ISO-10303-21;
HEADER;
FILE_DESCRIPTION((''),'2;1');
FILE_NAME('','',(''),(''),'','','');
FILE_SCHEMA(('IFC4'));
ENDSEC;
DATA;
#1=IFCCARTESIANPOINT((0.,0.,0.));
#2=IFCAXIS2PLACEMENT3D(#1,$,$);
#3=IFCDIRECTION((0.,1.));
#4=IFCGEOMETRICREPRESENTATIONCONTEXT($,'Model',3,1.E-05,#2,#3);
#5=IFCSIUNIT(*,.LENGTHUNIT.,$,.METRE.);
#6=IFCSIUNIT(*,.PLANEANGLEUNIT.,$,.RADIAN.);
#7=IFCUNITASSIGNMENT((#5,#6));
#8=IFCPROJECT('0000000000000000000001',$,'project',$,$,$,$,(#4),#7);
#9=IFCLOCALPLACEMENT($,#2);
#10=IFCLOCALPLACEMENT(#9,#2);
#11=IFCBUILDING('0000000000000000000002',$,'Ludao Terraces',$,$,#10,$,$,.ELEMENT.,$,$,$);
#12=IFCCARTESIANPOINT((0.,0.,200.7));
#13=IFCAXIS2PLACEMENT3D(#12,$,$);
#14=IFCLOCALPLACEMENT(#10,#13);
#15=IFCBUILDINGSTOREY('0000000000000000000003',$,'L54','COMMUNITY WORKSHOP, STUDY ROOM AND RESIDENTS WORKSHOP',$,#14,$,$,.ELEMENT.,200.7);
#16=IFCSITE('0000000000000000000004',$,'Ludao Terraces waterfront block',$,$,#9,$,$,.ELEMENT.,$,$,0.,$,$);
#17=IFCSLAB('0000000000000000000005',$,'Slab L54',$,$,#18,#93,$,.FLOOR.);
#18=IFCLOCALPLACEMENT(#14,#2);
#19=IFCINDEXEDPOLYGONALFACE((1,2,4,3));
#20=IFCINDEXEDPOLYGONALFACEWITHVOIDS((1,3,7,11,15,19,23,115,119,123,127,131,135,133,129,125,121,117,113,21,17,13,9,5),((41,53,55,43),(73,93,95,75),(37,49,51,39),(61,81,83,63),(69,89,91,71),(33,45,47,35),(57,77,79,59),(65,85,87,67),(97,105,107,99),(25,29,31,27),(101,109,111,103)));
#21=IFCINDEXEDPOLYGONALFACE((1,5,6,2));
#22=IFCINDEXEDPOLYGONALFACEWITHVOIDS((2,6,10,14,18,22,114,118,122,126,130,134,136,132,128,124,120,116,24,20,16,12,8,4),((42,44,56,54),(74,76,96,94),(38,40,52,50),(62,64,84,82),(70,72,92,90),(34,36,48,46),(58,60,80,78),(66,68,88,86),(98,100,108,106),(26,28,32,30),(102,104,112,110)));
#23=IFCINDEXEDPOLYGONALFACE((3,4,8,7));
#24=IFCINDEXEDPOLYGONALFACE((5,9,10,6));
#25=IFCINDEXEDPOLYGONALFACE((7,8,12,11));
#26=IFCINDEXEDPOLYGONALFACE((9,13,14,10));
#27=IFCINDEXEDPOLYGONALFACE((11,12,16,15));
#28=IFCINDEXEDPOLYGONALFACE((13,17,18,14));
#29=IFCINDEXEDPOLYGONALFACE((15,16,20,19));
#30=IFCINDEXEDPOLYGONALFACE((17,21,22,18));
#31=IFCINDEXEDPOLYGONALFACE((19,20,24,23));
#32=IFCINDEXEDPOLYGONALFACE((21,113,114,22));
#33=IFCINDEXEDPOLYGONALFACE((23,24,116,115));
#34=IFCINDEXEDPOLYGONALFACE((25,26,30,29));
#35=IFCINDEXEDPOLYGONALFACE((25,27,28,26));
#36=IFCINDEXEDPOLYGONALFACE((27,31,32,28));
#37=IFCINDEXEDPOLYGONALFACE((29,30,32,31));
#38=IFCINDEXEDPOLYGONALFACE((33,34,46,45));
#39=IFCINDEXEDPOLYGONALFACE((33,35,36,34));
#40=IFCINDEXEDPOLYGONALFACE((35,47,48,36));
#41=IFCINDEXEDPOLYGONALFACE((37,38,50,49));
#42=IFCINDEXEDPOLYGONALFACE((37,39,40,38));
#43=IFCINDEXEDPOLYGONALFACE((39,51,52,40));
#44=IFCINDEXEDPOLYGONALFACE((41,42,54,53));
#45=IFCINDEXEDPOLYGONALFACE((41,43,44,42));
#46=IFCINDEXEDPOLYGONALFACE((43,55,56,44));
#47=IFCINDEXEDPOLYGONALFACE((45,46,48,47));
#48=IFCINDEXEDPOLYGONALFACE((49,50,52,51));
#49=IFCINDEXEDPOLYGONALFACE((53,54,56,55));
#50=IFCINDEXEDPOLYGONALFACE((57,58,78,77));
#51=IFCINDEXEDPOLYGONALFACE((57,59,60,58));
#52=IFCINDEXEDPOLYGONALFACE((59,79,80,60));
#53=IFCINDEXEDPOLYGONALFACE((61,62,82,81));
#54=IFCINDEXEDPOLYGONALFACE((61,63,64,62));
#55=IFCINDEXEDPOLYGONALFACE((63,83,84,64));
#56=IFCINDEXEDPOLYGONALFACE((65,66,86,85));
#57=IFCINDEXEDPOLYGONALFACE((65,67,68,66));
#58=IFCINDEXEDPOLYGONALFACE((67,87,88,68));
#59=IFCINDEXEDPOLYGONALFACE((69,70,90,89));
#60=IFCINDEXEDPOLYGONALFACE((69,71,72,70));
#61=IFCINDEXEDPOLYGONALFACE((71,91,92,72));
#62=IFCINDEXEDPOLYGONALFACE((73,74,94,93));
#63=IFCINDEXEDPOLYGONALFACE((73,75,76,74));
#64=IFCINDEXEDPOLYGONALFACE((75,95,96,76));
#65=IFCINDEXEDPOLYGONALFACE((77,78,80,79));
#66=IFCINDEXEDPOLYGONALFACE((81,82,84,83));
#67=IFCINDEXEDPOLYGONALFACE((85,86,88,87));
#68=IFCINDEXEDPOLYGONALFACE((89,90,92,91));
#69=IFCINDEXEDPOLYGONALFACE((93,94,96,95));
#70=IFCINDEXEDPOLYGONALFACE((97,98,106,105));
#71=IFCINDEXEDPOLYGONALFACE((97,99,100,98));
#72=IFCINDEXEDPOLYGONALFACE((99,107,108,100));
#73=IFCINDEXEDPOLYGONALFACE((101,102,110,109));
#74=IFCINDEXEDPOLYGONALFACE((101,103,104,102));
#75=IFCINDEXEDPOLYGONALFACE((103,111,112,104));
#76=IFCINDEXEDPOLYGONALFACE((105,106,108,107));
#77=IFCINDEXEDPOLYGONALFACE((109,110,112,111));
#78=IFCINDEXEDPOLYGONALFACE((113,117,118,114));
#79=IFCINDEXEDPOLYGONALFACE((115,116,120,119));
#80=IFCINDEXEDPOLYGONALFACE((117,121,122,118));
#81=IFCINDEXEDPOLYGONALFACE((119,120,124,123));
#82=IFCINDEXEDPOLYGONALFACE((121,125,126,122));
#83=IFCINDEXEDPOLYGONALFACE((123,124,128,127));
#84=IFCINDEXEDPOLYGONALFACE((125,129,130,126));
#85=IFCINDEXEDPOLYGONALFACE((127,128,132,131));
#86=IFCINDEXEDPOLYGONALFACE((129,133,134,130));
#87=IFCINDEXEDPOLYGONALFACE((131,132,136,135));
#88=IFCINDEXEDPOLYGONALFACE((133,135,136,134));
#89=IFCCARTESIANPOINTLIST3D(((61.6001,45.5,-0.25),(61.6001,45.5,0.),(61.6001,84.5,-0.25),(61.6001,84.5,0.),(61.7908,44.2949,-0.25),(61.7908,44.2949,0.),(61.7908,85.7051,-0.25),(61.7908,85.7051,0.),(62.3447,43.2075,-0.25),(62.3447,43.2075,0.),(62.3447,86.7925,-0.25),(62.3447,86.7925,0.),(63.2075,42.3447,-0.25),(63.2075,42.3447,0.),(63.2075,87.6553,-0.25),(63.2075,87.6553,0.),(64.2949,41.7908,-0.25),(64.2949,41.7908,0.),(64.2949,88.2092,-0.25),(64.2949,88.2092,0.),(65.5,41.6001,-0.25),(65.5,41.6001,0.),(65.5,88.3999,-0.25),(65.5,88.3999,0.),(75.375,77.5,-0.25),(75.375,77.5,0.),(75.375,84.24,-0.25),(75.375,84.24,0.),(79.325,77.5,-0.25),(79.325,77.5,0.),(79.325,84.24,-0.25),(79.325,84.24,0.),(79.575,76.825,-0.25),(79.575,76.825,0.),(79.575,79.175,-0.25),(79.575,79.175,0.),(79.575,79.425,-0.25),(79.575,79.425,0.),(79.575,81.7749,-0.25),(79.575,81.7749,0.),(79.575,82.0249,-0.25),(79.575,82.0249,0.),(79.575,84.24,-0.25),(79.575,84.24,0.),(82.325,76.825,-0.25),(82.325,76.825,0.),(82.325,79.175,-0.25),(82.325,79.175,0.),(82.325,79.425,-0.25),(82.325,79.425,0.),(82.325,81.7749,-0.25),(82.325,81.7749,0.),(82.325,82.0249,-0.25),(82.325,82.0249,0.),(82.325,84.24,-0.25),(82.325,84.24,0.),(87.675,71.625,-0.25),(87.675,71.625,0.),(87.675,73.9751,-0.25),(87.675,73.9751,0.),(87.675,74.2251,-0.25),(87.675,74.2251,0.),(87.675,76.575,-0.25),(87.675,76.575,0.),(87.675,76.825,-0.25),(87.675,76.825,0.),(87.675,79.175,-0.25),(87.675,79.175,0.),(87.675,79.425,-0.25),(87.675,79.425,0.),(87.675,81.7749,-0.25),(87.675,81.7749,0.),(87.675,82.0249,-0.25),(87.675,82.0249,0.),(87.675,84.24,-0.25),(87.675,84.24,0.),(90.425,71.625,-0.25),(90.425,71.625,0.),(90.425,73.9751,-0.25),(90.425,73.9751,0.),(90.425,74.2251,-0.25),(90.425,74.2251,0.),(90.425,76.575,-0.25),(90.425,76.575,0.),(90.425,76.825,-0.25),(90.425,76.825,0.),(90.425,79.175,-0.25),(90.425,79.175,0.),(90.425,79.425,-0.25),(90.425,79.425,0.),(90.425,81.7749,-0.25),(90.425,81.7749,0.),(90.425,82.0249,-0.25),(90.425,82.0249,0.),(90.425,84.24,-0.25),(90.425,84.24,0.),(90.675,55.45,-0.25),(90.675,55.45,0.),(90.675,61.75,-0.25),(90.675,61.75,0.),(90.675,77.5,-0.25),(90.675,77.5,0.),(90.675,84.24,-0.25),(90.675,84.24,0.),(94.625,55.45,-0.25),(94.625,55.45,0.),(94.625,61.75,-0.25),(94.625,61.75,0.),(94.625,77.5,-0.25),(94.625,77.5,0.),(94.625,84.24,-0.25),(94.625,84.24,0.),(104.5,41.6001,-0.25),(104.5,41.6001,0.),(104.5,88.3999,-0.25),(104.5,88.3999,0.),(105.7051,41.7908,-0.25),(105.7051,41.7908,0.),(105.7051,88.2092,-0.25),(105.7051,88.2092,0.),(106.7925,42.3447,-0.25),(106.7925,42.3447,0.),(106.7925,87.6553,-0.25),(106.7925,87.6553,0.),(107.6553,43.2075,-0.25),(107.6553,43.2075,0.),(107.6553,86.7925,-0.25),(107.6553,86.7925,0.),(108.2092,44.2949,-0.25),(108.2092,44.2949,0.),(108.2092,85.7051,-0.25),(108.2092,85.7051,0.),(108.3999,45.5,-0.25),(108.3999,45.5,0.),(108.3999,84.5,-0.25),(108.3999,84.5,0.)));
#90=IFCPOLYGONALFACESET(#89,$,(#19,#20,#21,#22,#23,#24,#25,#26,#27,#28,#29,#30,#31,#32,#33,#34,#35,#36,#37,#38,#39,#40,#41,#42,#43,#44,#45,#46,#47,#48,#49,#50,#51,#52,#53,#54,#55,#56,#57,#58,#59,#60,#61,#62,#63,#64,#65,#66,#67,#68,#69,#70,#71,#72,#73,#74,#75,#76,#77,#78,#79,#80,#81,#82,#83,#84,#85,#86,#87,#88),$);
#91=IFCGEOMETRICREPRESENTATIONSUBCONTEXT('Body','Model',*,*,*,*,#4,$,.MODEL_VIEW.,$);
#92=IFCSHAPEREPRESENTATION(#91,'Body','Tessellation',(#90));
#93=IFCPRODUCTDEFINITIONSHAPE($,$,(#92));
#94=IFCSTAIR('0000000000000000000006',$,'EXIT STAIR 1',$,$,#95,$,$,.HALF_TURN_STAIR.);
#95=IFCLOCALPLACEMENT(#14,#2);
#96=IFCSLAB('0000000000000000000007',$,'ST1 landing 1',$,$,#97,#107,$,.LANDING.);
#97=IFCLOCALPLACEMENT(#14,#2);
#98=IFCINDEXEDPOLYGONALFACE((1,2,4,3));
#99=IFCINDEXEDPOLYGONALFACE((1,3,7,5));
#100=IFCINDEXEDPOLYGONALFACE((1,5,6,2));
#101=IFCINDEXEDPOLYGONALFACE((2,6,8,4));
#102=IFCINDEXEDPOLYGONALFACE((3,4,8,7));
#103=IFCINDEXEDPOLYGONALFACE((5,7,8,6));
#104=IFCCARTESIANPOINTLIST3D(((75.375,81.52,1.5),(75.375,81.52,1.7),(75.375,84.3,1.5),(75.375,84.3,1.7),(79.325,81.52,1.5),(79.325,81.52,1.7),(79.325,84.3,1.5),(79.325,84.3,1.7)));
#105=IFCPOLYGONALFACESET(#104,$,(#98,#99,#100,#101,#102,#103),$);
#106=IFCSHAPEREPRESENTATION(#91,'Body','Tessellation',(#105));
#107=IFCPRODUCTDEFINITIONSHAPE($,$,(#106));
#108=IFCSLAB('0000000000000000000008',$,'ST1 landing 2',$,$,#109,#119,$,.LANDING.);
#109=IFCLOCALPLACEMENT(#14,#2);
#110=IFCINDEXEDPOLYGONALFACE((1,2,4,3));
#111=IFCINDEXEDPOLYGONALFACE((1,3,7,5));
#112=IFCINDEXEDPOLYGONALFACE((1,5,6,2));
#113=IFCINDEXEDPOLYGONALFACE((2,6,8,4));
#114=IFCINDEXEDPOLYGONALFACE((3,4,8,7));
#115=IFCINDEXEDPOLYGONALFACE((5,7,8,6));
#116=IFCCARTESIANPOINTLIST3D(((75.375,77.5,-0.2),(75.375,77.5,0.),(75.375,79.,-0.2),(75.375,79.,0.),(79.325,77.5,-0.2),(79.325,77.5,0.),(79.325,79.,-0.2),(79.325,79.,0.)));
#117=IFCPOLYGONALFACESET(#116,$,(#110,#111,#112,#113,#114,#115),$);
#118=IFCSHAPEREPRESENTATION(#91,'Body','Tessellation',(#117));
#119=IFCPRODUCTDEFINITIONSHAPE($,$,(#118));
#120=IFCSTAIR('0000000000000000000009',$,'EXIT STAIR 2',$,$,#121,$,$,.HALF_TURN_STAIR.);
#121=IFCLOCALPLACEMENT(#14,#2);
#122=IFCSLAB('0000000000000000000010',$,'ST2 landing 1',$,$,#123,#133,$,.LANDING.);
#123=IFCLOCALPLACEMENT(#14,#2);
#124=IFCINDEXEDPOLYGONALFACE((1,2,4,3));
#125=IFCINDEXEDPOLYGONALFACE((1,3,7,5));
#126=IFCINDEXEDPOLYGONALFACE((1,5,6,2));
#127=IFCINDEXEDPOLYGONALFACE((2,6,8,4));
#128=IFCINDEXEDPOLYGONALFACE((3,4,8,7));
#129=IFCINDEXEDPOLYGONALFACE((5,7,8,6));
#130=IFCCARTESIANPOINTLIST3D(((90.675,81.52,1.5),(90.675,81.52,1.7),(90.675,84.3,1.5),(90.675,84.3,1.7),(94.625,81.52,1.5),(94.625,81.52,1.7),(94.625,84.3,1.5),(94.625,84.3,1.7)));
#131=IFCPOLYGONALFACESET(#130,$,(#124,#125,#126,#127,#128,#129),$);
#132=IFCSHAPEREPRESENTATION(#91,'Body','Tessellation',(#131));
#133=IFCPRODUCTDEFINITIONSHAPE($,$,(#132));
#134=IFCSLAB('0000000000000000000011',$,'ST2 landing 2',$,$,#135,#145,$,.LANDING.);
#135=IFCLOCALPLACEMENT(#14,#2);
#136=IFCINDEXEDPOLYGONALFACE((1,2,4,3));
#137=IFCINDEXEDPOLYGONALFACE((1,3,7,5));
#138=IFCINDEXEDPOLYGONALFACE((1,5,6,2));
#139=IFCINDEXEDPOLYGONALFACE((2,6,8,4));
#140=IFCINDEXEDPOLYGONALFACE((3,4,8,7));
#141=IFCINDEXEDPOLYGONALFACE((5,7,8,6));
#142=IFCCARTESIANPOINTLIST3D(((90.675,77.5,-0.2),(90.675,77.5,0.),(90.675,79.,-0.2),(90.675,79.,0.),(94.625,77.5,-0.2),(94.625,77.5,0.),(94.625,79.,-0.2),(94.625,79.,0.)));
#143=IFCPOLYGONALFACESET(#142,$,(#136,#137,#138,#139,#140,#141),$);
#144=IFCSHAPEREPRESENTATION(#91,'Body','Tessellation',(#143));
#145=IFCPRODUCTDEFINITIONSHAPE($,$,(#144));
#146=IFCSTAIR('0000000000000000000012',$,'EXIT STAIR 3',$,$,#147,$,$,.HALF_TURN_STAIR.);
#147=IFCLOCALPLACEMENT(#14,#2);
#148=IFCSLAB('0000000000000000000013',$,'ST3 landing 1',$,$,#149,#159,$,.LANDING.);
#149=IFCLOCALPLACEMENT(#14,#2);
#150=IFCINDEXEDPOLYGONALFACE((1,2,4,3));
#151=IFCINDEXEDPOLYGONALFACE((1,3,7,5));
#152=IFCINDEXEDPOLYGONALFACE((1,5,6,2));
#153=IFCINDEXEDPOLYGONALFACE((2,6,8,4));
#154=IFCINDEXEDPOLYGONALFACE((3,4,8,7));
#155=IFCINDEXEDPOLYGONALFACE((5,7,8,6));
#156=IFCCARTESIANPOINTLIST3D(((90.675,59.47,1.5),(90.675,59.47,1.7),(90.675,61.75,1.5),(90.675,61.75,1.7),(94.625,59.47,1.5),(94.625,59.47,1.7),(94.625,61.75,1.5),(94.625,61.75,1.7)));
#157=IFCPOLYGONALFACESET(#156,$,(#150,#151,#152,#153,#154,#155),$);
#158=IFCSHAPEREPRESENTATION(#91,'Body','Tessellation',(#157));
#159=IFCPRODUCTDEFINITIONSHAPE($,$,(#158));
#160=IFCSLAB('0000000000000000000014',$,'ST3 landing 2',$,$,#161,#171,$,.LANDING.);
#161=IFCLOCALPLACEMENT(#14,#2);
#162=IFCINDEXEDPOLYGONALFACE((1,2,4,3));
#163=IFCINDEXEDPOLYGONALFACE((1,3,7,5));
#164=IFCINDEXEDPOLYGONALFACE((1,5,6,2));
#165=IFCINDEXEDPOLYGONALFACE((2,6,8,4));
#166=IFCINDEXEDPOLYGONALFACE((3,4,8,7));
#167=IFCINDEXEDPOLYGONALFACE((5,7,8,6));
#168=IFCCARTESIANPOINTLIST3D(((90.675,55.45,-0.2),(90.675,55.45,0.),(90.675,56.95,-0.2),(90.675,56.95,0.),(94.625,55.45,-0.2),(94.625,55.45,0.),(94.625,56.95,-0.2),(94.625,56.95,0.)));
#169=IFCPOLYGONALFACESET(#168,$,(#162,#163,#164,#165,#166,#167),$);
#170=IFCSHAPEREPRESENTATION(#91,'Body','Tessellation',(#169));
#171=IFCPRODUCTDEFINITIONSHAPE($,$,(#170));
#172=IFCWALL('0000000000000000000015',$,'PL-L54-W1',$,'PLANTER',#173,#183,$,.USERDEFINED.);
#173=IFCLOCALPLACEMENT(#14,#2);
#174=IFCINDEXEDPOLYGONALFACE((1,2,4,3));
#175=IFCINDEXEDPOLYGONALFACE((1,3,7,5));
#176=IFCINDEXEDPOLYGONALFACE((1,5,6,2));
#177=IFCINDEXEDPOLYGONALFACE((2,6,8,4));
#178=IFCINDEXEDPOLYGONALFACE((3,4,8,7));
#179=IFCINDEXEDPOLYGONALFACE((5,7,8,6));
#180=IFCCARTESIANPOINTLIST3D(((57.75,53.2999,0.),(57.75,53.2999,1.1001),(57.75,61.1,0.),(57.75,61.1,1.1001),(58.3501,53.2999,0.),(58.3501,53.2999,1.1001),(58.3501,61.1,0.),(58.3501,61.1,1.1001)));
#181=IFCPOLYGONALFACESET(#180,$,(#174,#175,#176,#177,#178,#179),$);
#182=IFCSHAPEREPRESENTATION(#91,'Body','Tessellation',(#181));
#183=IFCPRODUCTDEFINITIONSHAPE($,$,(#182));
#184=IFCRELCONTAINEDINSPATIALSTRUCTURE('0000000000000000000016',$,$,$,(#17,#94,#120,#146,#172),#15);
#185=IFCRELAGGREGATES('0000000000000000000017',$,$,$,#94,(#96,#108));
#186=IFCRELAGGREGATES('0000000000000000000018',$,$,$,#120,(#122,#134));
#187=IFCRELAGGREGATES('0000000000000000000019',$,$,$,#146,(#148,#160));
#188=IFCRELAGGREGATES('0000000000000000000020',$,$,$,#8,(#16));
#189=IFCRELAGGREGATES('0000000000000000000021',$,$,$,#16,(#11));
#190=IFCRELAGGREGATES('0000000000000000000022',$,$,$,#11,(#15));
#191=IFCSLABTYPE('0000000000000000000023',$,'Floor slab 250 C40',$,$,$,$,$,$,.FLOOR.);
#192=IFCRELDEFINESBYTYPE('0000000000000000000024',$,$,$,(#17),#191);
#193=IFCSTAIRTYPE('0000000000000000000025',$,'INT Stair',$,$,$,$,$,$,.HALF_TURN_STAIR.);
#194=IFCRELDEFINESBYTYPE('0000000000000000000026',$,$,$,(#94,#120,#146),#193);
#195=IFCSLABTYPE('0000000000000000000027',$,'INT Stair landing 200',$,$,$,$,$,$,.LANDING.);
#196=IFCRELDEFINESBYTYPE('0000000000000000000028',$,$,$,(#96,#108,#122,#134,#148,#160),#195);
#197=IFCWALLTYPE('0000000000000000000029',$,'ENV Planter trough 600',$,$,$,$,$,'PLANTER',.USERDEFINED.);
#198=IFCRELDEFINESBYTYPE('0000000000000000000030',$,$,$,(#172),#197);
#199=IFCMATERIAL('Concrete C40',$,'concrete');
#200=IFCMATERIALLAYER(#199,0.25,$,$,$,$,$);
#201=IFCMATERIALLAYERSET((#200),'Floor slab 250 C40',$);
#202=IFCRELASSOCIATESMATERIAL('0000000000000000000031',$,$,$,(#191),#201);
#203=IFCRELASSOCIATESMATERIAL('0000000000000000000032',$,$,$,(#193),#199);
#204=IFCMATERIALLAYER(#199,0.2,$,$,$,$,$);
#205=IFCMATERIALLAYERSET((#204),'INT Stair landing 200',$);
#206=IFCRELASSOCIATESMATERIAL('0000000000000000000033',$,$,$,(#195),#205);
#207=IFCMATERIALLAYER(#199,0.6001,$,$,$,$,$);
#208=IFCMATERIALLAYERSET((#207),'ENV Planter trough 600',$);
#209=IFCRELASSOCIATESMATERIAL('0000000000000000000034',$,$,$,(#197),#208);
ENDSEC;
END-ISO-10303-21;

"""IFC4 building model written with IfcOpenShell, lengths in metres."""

from ifc_helpers import new_model, si_unit, direction, frame, frame_2d, origin, place, context, subcontext, project, spatial, polyline, rectangle, outline, extrude, material, layer, layer_set, type_object, element, aggregate, save


model = new_model("IFC4")

# Units and contexts
model_context = context("Model", 3, precision=1e-05, world=origin(), true_north=direction((0.0, 1.0)))
body_context = subcontext(model_context, "Body", "Model", "MODEL_VIEW")
ifc_project = project(units=[si_unit("LENGTHUNIT", "METRE"), si_unit("PLANEANGLEUNIT", "RADIAN")], contexts=[model_context])

# Site, building, storey
site_placement = place(None, origin())
site = spatial("IfcSite", under=ifc_project, at=site_placement, Name="Ludao Terraces waterfront block", CompositionType="ELEMENT", RefElevation=0.0)
building_placement = place(site_placement, origin())
building = spatial("IfcBuilding", under=site, at=building_placement, Name="Ludao Terraces", CompositionType="ELEMENT")
storey_placement = place(building_placement, frame((0.0, 0.0, 200.7)))
storey = spatial("IfcBuildingStorey", under=building, at=storey_placement, Name="L54", Description="COMMUNITY WORKSHOP, STUDY ROOM AND RESIDENTS WORKSHOP", CompositionType="ELEMENT", Elevation=200.7)

# Shared definitions
ifc_material_1 = material(Name="Concrete C40", Category="concrete")

# Slab
ifc_layer_1 = layer(ifc_material_1, 0.25)
ifc_layer_set_1 = layer_set([ifc_layer_1], Name="Floor slab 250 C40")
slab_type_1 = type_object("IfcSlabType", Name="Floor slab 250 C40", PredefinedType="FLOOR", material=ifc_layer_set_1)
slab_1_placement = place(storey_placement, frame((0.0, 0.0, -0.25)))
element("IfcSlab", 1, at=slab_1_placement, inside=storey, type_object=slab_type_1, Name="Slab L54", PredefinedType="FLOOR", context=body_context, shape_type="SweptSolid", body=[
    extrude(outline(polyline([(104.5, 41.6001), (105.7051, 41.7908), (106.7925, 42.3447), (107.6553, 43.2075), (108.2092, 44.2949), (108.3999, 45.5), (108.3999, 84.5), (108.2092, 85.7051), (107.6553, 86.7925), (106.7925, 87.6553), (105.7051, 88.2092), (104.5, 88.3999), (65.5, 88.3999), (64.2949, 88.2092), (63.2075, 87.6553), (62.3447, 86.7925), (61.7908, 85.7051), (61.6001, 84.5), (61.6001, 45.5), (61.7908, 44.2949), (62.3447, 43.2075), (63.2075, 42.3447), (64.2949, 41.7908), (65.5, 41.6001), (104.5, 41.6001)]), holes=[polyline([(79.575, 76.825), (82.325, 76.825), (82.325, 79.175), (79.575, 79.175), (79.575, 76.825)]), polyline([(79.575, 79.425), (82.325, 79.425), (82.325, 81.7749), (79.575, 81.7749), (79.575, 79.425)]), polyline([(79.575, 82.0249), (82.325, 82.0249), (82.325, 84.24), (79.575, 84.24), (79.575, 82.0249)]), polyline([(87.675, 71.625), (90.425, 71.625), (90.425, 73.9751), (87.675, 73.9751), (87.675, 71.625)]), polyline([(87.675, 74.2251), (90.425, 74.2251), (90.425, 76.575), (87.675, 76.575), (87.675, 74.2251)]), polyline([(87.675, 76.825), (90.425, 76.825), (90.425, 79.175), (87.675, 79.175), (87.675, 76.825)]), polyline([(87.675, 79.425), (90.425, 79.425), (90.425, 81.7749), (87.675, 81.7749), (87.675, 79.425)]), polyline([(87.675, 82.0249), (90.425, 82.0249), (90.425, 84.24), (87.675, 84.24), (87.675, 82.0249)]), polyline([(75.375, 77.5), (79.325, 77.5), (79.325, 84.24), (75.375, 84.24), (75.375, 77.5)]), polyline([(90.675, 77.5), (94.625, 77.5), (94.625, 84.24), (90.675, 84.24), (90.675, 77.5)]), polyline([(90.675, 55.45), (94.625, 55.45), (94.625, 61.75), (90.675, 61.75), (90.675, 55.45)])]), origin(), (0.0, 0.0, 1.0), 0.25),
])

# Stairs, slabs
stair_type = type_object("IfcStairType", Name="INT Stair", PredefinedType="HALF_TURN_STAIR", material=ifc_material_1)
stair_1_placement = place(storey_placement, origin())
stair_1 = element("IfcStair", 2, at=stair_1_placement, inside=storey, type_object=stair_type, Name="EXIT STAIR 1", PredefinedType="HALF_TURN_STAIR")
ifc_layer_2 = layer(ifc_material_1, 0.2)
ifc_layer_set_2 = layer_set([ifc_layer_2], Name="INT Stair landing 200")
slab_type_2 = type_object("IfcSlabType", Name="INT Stair landing 200", PredefinedType="LANDING", material=ifc_layer_set_2)
slab_2_placement = place(storey_placement, frame((0.0, 0.0, 1.5)))
slab_2 = element("IfcSlab", 3, at=slab_2_placement, type_object=slab_type_2, Name="ST1 landing 1", PredefinedType="LANDING", context=body_context, shape_type="SweptSolid", body=[
    extrude(outline(polyline([(75.375, 81.52), (79.325, 81.52), (79.325, 84.3), (75.375, 84.3), (75.375, 81.52)])), origin(), (0.0, 0.0, 1.0), 0.2),
])
slab_3_placement = place(storey_placement, frame((0.0, 0.0, -0.2)))
slab_3 = element("IfcSlab", 4, at=slab_3_placement, type_object=slab_type_2, Name="ST1 landing 2", PredefinedType="LANDING", context=body_context, shape_type="SweptSolid", body=[
    extrude(outline(polyline([(75.375, 77.5), (79.325, 77.5), (79.325, 79.0), (75.375, 79.0), (75.375, 77.5)])), origin(), (0.0, 0.0, 1.0), 0.2),
])
aggregate(stair_1, [slab_2, slab_3])
stair_2_placement = place(storey_placement, origin())
stair_2 = element("IfcStair", 5, at=stair_2_placement, inside=storey, type_object=stair_type, Name="EXIT STAIR 2", PredefinedType="HALF_TURN_STAIR")
slab_4_placement = place(storey_placement, frame((0.0, 0.0, 1.5)))
slab_4 = element("IfcSlab", 6, at=slab_4_placement, type_object=slab_type_2, Name="ST2 landing 1", PredefinedType="LANDING", context=body_context, shape_type="SweptSolid", body=[
    extrude(outline(polyline([(90.675, 81.52), (94.625, 81.52), (94.625, 84.3), (90.675, 84.3), (90.675, 81.52)])), origin(), (0.0, 0.0, 1.0), 0.2),
])
slab_5_placement = place(storey_placement, frame((0.0, 0.0, -0.2)))
slab_5 = element("IfcSlab", 7, at=slab_5_placement, type_object=slab_type_2, Name="ST2 landing 2", PredefinedType="LANDING", context=body_context, shape_type="SweptSolid", body=[
    extrude(outline(polyline([(90.675, 77.5), (94.625, 77.5), (94.625, 79.0), (90.675, 79.0), (90.675, 77.5)])), origin(), (0.0, 0.0, 1.0), 0.2),
])
aggregate(stair_2, [slab_4, slab_5])
stair_3_placement = place(storey_placement, origin())
stair_3 = element("IfcStair", 8, at=stair_3_placement, inside=storey, type_object=stair_type, Name="EXIT STAIR 3", PredefinedType="HALF_TURN_STAIR")
slab_6_placement = place(storey_placement, frame((0.0, 0.0, 1.5)))
slab_6 = element("IfcSlab", 9, at=slab_6_placement, type_object=slab_type_2, Name="ST3 landing 1", PredefinedType="LANDING", context=body_context, shape_type="SweptSolid", body=[
    extrude(outline(polyline([(90.675, 59.47), (94.625, 59.47), (94.625, 61.75), (90.675, 61.75), (90.675, 59.47)])), origin(), (0.0, 0.0, 1.0), 0.2),
])
slab_7_placement = place(storey_placement, frame((0.0, 0.0, -0.2)))
slab_7 = element("IfcSlab", 10, at=slab_7_placement, type_object=slab_type_2, Name="ST3 landing 2", PredefinedType="LANDING", context=body_context, shape_type="SweptSolid", body=[
    extrude(outline(polyline([(90.675, 55.45), (94.625, 55.45), (94.625, 56.95), (90.675, 56.95), (90.675, 55.45)])), origin(), (0.0, 0.0, 1.0), 0.2),
])
aggregate(stair_3, [slab_6, slab_7])

# Wall
ifc_layer_3 = layer(ifc_material_1, 0.6001)
ifc_layer_set_3 = layer_set([ifc_layer_3], Name="ENV Planter trough 600")
wall_type = type_object("IfcWallType", Name="ENV Planter trough 600", ElementType="PLANTER", PredefinedType="USERDEFINED", material=ifc_layer_set_3)
wall_1_placement = place(storey_placement, frame((58.05, 53.3, 0.0), z_axis=(0.0, 0.0, 1.0), x_axis=(0.0, 1.0, 0.0)))
element("IfcWall", 11, at=wall_1_placement, inside=storey, type_object=wall_type, Name="PL-L54-W1", ObjectType="PLANTER", PredefinedType="USERDEFINED", context=body_context, shape_type="SweptSolid", body=[
    extrude(rectangle(XDim=7.8, YDim=0.6001, at=frame_2d((3.8999, 0.0))), origin(), (0.0, 0.0, 1.0), 1.1001),
])

save(model, "model.ifc")
